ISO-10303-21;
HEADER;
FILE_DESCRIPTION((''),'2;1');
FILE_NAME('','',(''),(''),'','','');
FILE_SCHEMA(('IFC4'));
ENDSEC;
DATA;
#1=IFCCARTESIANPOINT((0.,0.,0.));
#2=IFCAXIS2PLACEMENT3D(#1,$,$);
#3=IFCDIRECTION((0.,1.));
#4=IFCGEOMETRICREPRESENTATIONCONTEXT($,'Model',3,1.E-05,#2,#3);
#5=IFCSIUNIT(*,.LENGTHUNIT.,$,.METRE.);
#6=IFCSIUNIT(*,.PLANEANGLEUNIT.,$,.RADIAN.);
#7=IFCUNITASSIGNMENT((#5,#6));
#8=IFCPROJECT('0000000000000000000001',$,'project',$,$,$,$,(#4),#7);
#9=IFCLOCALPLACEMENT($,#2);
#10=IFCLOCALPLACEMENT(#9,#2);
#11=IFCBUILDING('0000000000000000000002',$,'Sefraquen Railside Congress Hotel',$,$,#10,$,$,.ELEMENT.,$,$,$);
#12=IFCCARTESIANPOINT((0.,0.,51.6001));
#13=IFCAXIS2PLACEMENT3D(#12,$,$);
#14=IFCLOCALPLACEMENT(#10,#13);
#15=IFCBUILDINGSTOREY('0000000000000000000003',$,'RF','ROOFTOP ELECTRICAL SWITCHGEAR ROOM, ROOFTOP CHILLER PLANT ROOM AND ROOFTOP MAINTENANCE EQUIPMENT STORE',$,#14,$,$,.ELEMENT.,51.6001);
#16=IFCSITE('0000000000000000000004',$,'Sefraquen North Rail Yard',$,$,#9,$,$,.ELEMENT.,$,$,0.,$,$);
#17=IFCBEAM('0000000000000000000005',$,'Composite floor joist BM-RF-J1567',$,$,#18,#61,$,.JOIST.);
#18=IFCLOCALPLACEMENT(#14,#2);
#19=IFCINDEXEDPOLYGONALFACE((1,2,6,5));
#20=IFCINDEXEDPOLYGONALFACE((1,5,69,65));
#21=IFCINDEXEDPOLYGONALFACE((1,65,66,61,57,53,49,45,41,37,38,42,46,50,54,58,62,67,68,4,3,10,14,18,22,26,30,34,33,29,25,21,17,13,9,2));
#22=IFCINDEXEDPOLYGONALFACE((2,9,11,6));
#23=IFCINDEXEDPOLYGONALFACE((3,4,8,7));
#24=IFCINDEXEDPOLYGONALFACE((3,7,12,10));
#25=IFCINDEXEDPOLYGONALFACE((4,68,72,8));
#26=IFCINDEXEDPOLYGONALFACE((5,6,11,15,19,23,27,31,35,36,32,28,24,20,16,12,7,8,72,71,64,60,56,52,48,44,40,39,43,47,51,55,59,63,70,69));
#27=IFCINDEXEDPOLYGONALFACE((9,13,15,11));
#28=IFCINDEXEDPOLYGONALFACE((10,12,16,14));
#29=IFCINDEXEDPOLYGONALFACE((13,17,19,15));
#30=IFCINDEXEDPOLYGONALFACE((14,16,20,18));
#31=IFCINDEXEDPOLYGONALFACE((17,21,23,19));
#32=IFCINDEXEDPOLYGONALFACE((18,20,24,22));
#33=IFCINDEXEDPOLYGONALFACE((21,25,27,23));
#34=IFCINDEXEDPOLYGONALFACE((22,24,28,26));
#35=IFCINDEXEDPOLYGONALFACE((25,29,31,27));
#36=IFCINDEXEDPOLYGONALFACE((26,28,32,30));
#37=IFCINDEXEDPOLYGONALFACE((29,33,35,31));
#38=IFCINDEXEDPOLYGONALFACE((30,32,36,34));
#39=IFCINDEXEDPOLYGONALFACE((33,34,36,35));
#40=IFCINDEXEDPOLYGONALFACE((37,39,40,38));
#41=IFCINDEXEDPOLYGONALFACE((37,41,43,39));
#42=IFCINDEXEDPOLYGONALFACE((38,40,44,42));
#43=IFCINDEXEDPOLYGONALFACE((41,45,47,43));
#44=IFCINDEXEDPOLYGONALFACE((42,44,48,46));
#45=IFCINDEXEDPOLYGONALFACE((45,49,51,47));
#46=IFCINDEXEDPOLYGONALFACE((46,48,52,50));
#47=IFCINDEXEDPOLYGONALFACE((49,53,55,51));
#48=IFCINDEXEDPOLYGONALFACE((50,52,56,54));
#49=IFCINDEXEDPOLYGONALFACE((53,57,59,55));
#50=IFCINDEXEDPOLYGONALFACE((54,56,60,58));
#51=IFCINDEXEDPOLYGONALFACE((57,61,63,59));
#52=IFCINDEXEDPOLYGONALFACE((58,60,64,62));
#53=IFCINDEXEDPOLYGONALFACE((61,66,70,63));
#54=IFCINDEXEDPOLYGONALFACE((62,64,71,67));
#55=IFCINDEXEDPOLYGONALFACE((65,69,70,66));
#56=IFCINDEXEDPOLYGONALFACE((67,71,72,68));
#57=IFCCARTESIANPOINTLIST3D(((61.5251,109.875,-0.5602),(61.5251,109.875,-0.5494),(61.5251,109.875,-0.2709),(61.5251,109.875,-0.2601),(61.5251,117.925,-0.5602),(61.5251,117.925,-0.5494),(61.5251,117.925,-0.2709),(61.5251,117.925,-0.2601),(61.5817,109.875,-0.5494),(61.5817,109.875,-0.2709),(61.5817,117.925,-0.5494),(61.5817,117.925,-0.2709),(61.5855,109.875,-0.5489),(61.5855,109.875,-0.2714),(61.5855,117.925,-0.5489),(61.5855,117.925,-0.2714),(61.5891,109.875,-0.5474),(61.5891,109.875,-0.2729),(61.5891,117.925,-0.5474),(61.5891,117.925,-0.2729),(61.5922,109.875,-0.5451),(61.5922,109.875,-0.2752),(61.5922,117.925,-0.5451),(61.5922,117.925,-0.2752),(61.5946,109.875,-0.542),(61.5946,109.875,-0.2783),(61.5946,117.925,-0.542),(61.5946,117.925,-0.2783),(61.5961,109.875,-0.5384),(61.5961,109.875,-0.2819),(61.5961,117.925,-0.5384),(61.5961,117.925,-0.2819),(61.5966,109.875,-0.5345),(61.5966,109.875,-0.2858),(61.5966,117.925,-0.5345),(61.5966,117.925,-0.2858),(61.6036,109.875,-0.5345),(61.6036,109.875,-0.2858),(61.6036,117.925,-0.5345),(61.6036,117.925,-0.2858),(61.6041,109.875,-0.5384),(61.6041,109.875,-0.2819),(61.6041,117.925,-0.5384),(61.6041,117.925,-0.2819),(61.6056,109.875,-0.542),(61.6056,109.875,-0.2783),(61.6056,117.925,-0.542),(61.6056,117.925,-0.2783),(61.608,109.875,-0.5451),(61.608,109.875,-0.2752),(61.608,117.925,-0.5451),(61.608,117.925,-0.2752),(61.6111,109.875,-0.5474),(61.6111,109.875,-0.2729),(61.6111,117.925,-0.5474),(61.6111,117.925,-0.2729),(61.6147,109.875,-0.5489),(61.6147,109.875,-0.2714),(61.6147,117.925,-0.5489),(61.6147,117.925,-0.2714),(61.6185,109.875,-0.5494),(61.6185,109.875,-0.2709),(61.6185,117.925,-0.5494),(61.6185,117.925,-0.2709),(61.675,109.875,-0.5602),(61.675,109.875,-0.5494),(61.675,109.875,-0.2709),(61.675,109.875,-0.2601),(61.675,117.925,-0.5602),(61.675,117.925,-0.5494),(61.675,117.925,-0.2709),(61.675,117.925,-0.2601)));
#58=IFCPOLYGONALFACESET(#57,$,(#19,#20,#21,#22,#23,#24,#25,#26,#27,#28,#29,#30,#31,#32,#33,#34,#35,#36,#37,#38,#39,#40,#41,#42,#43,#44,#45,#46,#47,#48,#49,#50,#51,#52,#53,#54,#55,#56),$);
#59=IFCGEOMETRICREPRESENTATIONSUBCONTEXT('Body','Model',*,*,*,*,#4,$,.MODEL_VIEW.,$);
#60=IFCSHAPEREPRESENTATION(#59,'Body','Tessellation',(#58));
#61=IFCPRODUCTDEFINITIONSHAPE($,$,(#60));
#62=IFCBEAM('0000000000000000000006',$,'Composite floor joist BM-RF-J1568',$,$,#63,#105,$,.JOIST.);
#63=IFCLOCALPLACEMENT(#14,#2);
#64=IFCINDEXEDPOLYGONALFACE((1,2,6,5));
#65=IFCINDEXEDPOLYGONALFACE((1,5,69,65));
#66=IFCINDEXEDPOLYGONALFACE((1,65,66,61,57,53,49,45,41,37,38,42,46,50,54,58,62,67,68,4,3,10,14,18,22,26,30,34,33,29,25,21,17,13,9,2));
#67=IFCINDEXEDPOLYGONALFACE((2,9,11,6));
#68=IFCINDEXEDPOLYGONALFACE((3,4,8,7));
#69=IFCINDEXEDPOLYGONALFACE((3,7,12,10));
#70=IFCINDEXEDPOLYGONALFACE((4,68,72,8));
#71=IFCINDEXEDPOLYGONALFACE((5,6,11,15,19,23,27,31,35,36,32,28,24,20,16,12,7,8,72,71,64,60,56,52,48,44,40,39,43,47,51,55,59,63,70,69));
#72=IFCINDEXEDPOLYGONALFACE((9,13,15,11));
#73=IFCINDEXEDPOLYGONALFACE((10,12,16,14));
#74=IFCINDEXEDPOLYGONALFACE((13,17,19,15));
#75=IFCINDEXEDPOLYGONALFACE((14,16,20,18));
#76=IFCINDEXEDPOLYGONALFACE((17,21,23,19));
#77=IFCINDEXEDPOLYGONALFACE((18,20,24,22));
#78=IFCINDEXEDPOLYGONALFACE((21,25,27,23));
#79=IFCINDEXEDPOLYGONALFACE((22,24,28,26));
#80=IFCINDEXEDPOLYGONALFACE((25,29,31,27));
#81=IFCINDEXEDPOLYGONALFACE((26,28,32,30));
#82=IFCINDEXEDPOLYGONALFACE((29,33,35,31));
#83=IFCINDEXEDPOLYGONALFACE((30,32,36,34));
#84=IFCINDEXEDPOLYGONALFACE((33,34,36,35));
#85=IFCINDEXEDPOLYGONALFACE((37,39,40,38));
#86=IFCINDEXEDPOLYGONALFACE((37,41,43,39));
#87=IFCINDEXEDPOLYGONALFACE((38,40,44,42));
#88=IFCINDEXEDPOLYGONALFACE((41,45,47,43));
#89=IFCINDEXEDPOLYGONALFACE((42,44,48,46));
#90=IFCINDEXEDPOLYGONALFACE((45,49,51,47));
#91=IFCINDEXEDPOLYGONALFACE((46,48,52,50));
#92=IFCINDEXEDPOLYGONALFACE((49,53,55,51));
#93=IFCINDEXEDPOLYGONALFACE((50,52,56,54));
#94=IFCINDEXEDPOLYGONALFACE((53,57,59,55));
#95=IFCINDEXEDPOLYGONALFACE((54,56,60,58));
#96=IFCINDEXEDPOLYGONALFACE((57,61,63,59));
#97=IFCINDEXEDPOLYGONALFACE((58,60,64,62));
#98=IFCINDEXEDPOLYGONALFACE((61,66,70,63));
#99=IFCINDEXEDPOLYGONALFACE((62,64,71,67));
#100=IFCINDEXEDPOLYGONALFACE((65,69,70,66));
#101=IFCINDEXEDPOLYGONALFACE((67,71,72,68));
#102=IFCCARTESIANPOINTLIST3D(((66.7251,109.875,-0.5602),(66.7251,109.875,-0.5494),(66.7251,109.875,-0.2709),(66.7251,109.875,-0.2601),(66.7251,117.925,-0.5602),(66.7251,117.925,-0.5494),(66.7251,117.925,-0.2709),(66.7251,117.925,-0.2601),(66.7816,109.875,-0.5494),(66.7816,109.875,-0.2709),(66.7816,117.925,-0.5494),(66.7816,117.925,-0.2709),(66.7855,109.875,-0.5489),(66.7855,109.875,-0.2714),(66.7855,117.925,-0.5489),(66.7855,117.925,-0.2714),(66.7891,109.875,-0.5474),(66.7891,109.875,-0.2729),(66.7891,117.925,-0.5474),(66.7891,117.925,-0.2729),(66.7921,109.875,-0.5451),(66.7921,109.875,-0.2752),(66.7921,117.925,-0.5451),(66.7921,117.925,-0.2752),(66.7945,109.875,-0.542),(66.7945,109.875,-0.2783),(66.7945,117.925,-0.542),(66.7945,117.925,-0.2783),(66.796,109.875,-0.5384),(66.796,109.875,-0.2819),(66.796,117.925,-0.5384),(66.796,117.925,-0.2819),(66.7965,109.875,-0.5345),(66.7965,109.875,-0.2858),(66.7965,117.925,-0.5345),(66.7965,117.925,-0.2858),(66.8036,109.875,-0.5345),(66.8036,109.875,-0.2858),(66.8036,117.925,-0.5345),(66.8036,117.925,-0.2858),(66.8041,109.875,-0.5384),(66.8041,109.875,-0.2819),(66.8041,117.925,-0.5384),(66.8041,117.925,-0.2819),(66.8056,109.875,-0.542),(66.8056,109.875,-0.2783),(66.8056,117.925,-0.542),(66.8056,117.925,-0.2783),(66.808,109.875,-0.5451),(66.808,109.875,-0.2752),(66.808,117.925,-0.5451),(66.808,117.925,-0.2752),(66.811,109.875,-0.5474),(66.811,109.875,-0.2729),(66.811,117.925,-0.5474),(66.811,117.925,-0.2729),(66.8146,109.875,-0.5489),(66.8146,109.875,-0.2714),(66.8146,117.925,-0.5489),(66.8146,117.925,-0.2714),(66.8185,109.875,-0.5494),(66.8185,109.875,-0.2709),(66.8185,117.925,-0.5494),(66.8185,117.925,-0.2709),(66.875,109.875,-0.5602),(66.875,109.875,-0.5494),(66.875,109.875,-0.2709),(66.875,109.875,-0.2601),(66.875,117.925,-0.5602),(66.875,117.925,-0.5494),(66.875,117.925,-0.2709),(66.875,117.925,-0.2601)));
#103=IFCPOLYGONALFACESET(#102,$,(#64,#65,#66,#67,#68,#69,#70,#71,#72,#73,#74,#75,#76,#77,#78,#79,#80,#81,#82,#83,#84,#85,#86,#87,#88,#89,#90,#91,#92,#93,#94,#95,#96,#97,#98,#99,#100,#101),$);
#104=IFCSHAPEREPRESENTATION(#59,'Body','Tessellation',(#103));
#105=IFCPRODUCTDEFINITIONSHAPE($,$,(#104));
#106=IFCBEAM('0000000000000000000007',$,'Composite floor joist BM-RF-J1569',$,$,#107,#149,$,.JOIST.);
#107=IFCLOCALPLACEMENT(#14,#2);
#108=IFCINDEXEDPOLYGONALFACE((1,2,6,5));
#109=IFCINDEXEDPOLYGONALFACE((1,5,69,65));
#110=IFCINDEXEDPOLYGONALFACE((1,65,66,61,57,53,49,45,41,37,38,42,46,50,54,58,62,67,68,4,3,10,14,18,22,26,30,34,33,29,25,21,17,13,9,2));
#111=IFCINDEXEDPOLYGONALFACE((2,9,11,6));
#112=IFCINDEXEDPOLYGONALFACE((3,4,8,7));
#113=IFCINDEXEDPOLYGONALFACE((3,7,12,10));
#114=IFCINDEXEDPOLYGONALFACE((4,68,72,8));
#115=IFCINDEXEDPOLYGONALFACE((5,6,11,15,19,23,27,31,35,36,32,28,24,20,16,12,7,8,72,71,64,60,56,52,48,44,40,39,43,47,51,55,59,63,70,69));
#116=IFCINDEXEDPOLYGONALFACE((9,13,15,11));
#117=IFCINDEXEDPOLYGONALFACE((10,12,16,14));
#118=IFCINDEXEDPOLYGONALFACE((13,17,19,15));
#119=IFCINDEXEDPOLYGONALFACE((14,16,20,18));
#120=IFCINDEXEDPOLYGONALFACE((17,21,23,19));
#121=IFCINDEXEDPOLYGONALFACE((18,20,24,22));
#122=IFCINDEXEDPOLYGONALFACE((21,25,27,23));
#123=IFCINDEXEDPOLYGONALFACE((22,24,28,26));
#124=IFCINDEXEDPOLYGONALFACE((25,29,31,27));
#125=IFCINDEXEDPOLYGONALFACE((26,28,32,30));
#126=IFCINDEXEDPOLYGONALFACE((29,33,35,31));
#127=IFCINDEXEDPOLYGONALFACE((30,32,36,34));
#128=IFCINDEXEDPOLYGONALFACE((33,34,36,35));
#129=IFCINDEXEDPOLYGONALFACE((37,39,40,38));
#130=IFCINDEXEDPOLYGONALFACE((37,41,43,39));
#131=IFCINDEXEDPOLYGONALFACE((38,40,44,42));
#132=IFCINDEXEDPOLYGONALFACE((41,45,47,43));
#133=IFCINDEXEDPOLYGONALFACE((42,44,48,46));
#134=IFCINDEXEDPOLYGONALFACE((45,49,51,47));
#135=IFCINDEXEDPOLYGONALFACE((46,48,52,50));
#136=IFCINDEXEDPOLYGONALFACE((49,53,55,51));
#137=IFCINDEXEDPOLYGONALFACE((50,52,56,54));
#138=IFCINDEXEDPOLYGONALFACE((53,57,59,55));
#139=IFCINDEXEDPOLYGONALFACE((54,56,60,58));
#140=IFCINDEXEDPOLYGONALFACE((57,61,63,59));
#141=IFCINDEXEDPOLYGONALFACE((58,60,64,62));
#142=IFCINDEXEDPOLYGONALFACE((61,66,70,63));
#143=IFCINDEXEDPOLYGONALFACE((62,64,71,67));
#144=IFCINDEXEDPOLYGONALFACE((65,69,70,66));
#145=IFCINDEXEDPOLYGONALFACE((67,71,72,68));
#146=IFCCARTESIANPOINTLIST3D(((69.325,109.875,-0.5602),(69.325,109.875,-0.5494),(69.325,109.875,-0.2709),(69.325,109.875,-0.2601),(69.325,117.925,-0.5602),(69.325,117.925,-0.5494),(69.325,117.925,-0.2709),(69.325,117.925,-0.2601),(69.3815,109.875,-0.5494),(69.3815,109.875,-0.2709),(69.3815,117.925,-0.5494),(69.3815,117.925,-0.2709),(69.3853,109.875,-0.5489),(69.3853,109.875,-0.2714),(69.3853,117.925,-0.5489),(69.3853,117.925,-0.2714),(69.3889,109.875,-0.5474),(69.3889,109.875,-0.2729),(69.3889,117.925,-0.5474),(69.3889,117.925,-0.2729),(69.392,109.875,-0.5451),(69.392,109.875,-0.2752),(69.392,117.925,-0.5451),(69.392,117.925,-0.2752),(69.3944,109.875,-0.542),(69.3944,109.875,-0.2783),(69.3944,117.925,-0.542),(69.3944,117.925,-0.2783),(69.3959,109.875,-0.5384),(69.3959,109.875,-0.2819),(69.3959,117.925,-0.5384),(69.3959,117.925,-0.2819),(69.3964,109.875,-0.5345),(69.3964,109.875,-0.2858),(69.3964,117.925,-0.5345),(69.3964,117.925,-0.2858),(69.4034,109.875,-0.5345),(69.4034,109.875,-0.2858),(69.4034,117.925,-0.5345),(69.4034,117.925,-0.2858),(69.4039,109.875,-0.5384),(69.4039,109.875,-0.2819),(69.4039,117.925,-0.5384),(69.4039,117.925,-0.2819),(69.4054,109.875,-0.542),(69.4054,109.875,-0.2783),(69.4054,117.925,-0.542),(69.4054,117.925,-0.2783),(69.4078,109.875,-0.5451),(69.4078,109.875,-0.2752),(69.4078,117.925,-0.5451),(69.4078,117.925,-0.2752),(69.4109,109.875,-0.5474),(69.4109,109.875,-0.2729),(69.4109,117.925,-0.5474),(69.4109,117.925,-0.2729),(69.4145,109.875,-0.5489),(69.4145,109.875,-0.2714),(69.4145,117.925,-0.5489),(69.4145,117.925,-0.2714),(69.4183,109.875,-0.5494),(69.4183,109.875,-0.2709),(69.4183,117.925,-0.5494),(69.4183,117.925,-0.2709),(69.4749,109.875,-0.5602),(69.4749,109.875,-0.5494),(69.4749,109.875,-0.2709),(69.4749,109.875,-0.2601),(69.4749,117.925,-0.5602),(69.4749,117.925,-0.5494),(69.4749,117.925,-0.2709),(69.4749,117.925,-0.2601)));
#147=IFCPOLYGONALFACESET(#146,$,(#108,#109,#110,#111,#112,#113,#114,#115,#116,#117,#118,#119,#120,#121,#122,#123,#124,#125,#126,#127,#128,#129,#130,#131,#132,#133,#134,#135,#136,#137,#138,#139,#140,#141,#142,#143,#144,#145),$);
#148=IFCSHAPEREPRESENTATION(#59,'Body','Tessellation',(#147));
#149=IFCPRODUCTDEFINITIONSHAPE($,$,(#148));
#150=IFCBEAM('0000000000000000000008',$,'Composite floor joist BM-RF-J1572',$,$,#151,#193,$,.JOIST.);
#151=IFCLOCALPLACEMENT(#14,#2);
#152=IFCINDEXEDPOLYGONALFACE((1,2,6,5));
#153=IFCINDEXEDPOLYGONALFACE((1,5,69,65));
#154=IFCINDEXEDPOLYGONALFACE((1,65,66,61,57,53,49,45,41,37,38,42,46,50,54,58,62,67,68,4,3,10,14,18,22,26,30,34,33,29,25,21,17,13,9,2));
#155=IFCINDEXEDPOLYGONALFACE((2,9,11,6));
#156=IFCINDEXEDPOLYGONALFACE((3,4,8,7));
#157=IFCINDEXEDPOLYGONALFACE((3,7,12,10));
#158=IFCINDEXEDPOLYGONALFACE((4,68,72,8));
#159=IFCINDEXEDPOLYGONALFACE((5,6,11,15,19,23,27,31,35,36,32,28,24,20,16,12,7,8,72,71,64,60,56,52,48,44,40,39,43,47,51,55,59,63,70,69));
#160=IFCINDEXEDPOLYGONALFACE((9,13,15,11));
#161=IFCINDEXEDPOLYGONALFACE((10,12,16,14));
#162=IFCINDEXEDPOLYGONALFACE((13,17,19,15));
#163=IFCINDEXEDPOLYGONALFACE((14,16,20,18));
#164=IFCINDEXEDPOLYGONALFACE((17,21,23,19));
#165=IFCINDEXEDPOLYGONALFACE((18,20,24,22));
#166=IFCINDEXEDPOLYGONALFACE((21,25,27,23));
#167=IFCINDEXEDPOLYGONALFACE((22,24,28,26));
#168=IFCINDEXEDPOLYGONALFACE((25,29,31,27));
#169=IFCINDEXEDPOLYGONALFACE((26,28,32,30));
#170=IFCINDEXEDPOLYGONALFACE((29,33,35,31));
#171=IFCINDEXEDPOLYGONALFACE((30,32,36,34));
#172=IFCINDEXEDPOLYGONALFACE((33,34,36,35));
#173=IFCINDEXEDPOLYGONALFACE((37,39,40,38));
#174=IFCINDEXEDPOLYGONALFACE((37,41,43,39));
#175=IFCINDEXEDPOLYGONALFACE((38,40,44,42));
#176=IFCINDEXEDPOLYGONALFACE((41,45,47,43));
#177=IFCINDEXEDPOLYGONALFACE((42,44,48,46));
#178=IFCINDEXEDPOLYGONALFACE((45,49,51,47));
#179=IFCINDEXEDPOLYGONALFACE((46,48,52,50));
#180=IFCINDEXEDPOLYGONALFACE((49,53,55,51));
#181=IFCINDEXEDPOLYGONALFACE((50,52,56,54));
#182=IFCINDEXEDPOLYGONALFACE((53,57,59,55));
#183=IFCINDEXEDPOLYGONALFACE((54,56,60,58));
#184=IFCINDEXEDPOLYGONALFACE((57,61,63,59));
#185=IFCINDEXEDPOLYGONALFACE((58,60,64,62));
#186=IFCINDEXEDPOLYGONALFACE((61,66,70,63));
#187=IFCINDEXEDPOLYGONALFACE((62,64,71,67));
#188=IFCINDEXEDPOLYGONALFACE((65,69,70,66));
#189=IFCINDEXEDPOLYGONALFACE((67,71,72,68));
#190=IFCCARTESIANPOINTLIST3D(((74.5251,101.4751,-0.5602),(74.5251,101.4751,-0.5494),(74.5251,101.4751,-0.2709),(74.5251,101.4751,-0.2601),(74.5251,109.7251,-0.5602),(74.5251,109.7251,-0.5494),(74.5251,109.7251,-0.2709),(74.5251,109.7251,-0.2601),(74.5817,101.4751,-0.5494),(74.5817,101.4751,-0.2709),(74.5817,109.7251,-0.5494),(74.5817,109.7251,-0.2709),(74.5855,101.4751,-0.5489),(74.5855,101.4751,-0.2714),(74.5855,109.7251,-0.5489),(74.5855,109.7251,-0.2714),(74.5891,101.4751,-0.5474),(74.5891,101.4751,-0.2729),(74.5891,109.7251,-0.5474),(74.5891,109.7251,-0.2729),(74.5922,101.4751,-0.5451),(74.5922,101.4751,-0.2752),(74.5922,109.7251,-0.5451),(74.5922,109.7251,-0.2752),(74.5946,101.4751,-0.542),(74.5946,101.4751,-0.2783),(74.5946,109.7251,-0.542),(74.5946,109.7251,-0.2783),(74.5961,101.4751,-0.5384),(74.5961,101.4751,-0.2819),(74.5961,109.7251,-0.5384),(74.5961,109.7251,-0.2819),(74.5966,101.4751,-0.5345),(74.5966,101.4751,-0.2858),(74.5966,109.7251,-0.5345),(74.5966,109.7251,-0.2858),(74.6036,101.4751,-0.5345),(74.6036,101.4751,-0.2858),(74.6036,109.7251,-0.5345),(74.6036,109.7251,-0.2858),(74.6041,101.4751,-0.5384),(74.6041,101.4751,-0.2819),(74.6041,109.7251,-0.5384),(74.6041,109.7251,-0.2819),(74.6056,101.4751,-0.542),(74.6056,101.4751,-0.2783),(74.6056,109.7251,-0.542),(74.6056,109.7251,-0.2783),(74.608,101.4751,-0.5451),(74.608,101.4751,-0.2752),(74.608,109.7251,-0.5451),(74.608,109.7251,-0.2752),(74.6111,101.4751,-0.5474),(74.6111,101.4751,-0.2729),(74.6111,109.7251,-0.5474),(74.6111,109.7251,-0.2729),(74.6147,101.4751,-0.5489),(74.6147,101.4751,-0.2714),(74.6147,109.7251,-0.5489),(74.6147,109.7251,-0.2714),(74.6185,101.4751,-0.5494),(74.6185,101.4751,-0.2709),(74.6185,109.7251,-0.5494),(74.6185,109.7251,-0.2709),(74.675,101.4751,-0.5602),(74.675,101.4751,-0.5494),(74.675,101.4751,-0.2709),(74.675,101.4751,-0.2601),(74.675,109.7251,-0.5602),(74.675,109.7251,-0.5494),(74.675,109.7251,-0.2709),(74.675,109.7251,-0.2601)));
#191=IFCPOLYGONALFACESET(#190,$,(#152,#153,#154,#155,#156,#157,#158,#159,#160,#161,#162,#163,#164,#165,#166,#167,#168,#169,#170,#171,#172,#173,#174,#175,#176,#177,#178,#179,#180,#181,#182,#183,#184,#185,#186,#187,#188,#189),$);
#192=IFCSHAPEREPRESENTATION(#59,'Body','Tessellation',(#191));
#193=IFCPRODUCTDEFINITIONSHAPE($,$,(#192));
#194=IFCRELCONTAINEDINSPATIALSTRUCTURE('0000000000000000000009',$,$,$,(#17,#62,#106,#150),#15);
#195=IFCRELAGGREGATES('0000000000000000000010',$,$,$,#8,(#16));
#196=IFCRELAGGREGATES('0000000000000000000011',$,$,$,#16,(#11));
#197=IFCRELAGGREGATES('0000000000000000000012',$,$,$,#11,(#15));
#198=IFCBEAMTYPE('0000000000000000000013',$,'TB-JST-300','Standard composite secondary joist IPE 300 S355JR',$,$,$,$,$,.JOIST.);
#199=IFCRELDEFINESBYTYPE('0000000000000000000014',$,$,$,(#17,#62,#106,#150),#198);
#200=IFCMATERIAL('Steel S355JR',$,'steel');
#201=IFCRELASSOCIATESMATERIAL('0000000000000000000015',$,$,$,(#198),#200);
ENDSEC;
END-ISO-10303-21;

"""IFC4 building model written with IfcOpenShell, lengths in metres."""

from ifc_helpers import new_model, si_unit, direction, frame, origin, origin_2d, place, context, subcontext, project, spatial, i_section, extrude, material, material_profile, profile_set, type_object, element, save


model = new_model("IFC4")

# Units and contexts
model_context = context("Model", 3, precision=1e-05, world=origin(), true_north=direction((0.0, 1.0)))
body_context = subcontext(model_context, "Body", "Model", "MODEL_VIEW")
ifc_project = project(units=[si_unit("LENGTHUNIT", "METRE"), si_unit("PLANEANGLEUNIT", "RADIAN")], contexts=[model_context])

# Site, building, storey
site_placement = place(None, origin())
site = spatial("IfcSite", under=ifc_project, at=site_placement, Name="Sefraquen North Rail Yard", CompositionType="ELEMENT", RefElevation=0.0)
building_placement = place(site_placement, origin())
building = spatial("IfcBuilding", under=site, at=building_placement, Name="Sefraquen Railside Congress Hotel", CompositionType="ELEMENT")
storey_placement = place(building_placement, frame((0.0, 0.0, 51.6001)))
storey = spatial("IfcBuildingStorey", under=building, at=storey_placement, Name="RF", Description="ROOFTOP ELECTRICAL SWITCHGEAR ROOM, ROOFTOP CHILLER PLANT ROOM AND ROOFTOP MAINTENANCE EQUIPMENT STORE", CompositionType="ELEMENT", Elevation=51.6001)

# Beams
ifc_material_1 = material(Name="Steel S355JR", Category="steel")
ifc_material_profile_1 = material_profile(ifc_material_1, i_section(OverallWidth=0.1499, OverallDepth=0.3, WebThickness=0.0071, FlangeThickness=0.0107, FilletRadius=0.0149, at=origin_2d()), Name="IPE 300")
ifc_profile_set_1 = profile_set([ifc_material_profile_1], Name="Steel S355JR")
beam_type_1 = type_object("IfcBeamType", Name="TB-JST-300", Description="Standard composite secondary joist IPE 300 S355JR", PredefinedType="JOIST", material=ifc_profile_set_1)
for number, where, z_axis, x_axis, name in (
    (1, (61.6001, 109.875, -0.4102), (0.0, 1.0, 0.0), (-1.0, 0.0, 0.0), "Composite floor joist BM-RF-J1567"),
    (2, (66.8, 109.875, -0.4102), (0.0, 1.0, 0.0), (-1.0, 0.0, 0.0), "Composite floor joist BM-RF-J1568"),
    (3, (69.3999, 109.875, -0.4102), (0.0, 1.0, 0.0), (-1.0, 0.0, 0.0), "Composite floor joist BM-RF-J1569"),
):
    element("IfcBeam", number, at=place(storey_placement, frame(where, z_axis=z_axis, x_axis=x_axis)), inside=storey, type_object=beam_type_1, Name=name, PredefinedType="JOIST", context=body_context, shape_type="SweptSolid", body=[
        extrude(i_section(OverallWidth=0.1499, OverallDepth=0.3, WebThickness=0.0071, FlangeThickness=0.0107, FilletRadius=0.0149, at=origin_2d()), origin(), (0.0, 0.0, 1.0), 8.05),
    ])
for number, where, z_axis, x_axis, name in (
    (4, (74.6001, 101.4751, -0.4102), (0.0, 1.0, 0.0), (-1.0, 0.0, 0.0), "Composite floor joist BM-RF-J1572"),
):
    element("IfcBeam", number, at=place(storey_placement, frame(where, z_axis=z_axis, x_axis=x_axis)), inside=storey, type_object=beam_type_1, Name=name, PredefinedType="JOIST", context=body_context, shape_type="SweptSolid", body=[
        extrude(i_section(OverallWidth=0.1499, OverallDepth=0.3, WebThickness=0.0071, FlangeThickness=0.0107, FilletRadius=0.0149, at=origin_2d()), origin(), (0.0, 0.0, 1.0), 8.25),
    ])

save(model, "model.ifc")
